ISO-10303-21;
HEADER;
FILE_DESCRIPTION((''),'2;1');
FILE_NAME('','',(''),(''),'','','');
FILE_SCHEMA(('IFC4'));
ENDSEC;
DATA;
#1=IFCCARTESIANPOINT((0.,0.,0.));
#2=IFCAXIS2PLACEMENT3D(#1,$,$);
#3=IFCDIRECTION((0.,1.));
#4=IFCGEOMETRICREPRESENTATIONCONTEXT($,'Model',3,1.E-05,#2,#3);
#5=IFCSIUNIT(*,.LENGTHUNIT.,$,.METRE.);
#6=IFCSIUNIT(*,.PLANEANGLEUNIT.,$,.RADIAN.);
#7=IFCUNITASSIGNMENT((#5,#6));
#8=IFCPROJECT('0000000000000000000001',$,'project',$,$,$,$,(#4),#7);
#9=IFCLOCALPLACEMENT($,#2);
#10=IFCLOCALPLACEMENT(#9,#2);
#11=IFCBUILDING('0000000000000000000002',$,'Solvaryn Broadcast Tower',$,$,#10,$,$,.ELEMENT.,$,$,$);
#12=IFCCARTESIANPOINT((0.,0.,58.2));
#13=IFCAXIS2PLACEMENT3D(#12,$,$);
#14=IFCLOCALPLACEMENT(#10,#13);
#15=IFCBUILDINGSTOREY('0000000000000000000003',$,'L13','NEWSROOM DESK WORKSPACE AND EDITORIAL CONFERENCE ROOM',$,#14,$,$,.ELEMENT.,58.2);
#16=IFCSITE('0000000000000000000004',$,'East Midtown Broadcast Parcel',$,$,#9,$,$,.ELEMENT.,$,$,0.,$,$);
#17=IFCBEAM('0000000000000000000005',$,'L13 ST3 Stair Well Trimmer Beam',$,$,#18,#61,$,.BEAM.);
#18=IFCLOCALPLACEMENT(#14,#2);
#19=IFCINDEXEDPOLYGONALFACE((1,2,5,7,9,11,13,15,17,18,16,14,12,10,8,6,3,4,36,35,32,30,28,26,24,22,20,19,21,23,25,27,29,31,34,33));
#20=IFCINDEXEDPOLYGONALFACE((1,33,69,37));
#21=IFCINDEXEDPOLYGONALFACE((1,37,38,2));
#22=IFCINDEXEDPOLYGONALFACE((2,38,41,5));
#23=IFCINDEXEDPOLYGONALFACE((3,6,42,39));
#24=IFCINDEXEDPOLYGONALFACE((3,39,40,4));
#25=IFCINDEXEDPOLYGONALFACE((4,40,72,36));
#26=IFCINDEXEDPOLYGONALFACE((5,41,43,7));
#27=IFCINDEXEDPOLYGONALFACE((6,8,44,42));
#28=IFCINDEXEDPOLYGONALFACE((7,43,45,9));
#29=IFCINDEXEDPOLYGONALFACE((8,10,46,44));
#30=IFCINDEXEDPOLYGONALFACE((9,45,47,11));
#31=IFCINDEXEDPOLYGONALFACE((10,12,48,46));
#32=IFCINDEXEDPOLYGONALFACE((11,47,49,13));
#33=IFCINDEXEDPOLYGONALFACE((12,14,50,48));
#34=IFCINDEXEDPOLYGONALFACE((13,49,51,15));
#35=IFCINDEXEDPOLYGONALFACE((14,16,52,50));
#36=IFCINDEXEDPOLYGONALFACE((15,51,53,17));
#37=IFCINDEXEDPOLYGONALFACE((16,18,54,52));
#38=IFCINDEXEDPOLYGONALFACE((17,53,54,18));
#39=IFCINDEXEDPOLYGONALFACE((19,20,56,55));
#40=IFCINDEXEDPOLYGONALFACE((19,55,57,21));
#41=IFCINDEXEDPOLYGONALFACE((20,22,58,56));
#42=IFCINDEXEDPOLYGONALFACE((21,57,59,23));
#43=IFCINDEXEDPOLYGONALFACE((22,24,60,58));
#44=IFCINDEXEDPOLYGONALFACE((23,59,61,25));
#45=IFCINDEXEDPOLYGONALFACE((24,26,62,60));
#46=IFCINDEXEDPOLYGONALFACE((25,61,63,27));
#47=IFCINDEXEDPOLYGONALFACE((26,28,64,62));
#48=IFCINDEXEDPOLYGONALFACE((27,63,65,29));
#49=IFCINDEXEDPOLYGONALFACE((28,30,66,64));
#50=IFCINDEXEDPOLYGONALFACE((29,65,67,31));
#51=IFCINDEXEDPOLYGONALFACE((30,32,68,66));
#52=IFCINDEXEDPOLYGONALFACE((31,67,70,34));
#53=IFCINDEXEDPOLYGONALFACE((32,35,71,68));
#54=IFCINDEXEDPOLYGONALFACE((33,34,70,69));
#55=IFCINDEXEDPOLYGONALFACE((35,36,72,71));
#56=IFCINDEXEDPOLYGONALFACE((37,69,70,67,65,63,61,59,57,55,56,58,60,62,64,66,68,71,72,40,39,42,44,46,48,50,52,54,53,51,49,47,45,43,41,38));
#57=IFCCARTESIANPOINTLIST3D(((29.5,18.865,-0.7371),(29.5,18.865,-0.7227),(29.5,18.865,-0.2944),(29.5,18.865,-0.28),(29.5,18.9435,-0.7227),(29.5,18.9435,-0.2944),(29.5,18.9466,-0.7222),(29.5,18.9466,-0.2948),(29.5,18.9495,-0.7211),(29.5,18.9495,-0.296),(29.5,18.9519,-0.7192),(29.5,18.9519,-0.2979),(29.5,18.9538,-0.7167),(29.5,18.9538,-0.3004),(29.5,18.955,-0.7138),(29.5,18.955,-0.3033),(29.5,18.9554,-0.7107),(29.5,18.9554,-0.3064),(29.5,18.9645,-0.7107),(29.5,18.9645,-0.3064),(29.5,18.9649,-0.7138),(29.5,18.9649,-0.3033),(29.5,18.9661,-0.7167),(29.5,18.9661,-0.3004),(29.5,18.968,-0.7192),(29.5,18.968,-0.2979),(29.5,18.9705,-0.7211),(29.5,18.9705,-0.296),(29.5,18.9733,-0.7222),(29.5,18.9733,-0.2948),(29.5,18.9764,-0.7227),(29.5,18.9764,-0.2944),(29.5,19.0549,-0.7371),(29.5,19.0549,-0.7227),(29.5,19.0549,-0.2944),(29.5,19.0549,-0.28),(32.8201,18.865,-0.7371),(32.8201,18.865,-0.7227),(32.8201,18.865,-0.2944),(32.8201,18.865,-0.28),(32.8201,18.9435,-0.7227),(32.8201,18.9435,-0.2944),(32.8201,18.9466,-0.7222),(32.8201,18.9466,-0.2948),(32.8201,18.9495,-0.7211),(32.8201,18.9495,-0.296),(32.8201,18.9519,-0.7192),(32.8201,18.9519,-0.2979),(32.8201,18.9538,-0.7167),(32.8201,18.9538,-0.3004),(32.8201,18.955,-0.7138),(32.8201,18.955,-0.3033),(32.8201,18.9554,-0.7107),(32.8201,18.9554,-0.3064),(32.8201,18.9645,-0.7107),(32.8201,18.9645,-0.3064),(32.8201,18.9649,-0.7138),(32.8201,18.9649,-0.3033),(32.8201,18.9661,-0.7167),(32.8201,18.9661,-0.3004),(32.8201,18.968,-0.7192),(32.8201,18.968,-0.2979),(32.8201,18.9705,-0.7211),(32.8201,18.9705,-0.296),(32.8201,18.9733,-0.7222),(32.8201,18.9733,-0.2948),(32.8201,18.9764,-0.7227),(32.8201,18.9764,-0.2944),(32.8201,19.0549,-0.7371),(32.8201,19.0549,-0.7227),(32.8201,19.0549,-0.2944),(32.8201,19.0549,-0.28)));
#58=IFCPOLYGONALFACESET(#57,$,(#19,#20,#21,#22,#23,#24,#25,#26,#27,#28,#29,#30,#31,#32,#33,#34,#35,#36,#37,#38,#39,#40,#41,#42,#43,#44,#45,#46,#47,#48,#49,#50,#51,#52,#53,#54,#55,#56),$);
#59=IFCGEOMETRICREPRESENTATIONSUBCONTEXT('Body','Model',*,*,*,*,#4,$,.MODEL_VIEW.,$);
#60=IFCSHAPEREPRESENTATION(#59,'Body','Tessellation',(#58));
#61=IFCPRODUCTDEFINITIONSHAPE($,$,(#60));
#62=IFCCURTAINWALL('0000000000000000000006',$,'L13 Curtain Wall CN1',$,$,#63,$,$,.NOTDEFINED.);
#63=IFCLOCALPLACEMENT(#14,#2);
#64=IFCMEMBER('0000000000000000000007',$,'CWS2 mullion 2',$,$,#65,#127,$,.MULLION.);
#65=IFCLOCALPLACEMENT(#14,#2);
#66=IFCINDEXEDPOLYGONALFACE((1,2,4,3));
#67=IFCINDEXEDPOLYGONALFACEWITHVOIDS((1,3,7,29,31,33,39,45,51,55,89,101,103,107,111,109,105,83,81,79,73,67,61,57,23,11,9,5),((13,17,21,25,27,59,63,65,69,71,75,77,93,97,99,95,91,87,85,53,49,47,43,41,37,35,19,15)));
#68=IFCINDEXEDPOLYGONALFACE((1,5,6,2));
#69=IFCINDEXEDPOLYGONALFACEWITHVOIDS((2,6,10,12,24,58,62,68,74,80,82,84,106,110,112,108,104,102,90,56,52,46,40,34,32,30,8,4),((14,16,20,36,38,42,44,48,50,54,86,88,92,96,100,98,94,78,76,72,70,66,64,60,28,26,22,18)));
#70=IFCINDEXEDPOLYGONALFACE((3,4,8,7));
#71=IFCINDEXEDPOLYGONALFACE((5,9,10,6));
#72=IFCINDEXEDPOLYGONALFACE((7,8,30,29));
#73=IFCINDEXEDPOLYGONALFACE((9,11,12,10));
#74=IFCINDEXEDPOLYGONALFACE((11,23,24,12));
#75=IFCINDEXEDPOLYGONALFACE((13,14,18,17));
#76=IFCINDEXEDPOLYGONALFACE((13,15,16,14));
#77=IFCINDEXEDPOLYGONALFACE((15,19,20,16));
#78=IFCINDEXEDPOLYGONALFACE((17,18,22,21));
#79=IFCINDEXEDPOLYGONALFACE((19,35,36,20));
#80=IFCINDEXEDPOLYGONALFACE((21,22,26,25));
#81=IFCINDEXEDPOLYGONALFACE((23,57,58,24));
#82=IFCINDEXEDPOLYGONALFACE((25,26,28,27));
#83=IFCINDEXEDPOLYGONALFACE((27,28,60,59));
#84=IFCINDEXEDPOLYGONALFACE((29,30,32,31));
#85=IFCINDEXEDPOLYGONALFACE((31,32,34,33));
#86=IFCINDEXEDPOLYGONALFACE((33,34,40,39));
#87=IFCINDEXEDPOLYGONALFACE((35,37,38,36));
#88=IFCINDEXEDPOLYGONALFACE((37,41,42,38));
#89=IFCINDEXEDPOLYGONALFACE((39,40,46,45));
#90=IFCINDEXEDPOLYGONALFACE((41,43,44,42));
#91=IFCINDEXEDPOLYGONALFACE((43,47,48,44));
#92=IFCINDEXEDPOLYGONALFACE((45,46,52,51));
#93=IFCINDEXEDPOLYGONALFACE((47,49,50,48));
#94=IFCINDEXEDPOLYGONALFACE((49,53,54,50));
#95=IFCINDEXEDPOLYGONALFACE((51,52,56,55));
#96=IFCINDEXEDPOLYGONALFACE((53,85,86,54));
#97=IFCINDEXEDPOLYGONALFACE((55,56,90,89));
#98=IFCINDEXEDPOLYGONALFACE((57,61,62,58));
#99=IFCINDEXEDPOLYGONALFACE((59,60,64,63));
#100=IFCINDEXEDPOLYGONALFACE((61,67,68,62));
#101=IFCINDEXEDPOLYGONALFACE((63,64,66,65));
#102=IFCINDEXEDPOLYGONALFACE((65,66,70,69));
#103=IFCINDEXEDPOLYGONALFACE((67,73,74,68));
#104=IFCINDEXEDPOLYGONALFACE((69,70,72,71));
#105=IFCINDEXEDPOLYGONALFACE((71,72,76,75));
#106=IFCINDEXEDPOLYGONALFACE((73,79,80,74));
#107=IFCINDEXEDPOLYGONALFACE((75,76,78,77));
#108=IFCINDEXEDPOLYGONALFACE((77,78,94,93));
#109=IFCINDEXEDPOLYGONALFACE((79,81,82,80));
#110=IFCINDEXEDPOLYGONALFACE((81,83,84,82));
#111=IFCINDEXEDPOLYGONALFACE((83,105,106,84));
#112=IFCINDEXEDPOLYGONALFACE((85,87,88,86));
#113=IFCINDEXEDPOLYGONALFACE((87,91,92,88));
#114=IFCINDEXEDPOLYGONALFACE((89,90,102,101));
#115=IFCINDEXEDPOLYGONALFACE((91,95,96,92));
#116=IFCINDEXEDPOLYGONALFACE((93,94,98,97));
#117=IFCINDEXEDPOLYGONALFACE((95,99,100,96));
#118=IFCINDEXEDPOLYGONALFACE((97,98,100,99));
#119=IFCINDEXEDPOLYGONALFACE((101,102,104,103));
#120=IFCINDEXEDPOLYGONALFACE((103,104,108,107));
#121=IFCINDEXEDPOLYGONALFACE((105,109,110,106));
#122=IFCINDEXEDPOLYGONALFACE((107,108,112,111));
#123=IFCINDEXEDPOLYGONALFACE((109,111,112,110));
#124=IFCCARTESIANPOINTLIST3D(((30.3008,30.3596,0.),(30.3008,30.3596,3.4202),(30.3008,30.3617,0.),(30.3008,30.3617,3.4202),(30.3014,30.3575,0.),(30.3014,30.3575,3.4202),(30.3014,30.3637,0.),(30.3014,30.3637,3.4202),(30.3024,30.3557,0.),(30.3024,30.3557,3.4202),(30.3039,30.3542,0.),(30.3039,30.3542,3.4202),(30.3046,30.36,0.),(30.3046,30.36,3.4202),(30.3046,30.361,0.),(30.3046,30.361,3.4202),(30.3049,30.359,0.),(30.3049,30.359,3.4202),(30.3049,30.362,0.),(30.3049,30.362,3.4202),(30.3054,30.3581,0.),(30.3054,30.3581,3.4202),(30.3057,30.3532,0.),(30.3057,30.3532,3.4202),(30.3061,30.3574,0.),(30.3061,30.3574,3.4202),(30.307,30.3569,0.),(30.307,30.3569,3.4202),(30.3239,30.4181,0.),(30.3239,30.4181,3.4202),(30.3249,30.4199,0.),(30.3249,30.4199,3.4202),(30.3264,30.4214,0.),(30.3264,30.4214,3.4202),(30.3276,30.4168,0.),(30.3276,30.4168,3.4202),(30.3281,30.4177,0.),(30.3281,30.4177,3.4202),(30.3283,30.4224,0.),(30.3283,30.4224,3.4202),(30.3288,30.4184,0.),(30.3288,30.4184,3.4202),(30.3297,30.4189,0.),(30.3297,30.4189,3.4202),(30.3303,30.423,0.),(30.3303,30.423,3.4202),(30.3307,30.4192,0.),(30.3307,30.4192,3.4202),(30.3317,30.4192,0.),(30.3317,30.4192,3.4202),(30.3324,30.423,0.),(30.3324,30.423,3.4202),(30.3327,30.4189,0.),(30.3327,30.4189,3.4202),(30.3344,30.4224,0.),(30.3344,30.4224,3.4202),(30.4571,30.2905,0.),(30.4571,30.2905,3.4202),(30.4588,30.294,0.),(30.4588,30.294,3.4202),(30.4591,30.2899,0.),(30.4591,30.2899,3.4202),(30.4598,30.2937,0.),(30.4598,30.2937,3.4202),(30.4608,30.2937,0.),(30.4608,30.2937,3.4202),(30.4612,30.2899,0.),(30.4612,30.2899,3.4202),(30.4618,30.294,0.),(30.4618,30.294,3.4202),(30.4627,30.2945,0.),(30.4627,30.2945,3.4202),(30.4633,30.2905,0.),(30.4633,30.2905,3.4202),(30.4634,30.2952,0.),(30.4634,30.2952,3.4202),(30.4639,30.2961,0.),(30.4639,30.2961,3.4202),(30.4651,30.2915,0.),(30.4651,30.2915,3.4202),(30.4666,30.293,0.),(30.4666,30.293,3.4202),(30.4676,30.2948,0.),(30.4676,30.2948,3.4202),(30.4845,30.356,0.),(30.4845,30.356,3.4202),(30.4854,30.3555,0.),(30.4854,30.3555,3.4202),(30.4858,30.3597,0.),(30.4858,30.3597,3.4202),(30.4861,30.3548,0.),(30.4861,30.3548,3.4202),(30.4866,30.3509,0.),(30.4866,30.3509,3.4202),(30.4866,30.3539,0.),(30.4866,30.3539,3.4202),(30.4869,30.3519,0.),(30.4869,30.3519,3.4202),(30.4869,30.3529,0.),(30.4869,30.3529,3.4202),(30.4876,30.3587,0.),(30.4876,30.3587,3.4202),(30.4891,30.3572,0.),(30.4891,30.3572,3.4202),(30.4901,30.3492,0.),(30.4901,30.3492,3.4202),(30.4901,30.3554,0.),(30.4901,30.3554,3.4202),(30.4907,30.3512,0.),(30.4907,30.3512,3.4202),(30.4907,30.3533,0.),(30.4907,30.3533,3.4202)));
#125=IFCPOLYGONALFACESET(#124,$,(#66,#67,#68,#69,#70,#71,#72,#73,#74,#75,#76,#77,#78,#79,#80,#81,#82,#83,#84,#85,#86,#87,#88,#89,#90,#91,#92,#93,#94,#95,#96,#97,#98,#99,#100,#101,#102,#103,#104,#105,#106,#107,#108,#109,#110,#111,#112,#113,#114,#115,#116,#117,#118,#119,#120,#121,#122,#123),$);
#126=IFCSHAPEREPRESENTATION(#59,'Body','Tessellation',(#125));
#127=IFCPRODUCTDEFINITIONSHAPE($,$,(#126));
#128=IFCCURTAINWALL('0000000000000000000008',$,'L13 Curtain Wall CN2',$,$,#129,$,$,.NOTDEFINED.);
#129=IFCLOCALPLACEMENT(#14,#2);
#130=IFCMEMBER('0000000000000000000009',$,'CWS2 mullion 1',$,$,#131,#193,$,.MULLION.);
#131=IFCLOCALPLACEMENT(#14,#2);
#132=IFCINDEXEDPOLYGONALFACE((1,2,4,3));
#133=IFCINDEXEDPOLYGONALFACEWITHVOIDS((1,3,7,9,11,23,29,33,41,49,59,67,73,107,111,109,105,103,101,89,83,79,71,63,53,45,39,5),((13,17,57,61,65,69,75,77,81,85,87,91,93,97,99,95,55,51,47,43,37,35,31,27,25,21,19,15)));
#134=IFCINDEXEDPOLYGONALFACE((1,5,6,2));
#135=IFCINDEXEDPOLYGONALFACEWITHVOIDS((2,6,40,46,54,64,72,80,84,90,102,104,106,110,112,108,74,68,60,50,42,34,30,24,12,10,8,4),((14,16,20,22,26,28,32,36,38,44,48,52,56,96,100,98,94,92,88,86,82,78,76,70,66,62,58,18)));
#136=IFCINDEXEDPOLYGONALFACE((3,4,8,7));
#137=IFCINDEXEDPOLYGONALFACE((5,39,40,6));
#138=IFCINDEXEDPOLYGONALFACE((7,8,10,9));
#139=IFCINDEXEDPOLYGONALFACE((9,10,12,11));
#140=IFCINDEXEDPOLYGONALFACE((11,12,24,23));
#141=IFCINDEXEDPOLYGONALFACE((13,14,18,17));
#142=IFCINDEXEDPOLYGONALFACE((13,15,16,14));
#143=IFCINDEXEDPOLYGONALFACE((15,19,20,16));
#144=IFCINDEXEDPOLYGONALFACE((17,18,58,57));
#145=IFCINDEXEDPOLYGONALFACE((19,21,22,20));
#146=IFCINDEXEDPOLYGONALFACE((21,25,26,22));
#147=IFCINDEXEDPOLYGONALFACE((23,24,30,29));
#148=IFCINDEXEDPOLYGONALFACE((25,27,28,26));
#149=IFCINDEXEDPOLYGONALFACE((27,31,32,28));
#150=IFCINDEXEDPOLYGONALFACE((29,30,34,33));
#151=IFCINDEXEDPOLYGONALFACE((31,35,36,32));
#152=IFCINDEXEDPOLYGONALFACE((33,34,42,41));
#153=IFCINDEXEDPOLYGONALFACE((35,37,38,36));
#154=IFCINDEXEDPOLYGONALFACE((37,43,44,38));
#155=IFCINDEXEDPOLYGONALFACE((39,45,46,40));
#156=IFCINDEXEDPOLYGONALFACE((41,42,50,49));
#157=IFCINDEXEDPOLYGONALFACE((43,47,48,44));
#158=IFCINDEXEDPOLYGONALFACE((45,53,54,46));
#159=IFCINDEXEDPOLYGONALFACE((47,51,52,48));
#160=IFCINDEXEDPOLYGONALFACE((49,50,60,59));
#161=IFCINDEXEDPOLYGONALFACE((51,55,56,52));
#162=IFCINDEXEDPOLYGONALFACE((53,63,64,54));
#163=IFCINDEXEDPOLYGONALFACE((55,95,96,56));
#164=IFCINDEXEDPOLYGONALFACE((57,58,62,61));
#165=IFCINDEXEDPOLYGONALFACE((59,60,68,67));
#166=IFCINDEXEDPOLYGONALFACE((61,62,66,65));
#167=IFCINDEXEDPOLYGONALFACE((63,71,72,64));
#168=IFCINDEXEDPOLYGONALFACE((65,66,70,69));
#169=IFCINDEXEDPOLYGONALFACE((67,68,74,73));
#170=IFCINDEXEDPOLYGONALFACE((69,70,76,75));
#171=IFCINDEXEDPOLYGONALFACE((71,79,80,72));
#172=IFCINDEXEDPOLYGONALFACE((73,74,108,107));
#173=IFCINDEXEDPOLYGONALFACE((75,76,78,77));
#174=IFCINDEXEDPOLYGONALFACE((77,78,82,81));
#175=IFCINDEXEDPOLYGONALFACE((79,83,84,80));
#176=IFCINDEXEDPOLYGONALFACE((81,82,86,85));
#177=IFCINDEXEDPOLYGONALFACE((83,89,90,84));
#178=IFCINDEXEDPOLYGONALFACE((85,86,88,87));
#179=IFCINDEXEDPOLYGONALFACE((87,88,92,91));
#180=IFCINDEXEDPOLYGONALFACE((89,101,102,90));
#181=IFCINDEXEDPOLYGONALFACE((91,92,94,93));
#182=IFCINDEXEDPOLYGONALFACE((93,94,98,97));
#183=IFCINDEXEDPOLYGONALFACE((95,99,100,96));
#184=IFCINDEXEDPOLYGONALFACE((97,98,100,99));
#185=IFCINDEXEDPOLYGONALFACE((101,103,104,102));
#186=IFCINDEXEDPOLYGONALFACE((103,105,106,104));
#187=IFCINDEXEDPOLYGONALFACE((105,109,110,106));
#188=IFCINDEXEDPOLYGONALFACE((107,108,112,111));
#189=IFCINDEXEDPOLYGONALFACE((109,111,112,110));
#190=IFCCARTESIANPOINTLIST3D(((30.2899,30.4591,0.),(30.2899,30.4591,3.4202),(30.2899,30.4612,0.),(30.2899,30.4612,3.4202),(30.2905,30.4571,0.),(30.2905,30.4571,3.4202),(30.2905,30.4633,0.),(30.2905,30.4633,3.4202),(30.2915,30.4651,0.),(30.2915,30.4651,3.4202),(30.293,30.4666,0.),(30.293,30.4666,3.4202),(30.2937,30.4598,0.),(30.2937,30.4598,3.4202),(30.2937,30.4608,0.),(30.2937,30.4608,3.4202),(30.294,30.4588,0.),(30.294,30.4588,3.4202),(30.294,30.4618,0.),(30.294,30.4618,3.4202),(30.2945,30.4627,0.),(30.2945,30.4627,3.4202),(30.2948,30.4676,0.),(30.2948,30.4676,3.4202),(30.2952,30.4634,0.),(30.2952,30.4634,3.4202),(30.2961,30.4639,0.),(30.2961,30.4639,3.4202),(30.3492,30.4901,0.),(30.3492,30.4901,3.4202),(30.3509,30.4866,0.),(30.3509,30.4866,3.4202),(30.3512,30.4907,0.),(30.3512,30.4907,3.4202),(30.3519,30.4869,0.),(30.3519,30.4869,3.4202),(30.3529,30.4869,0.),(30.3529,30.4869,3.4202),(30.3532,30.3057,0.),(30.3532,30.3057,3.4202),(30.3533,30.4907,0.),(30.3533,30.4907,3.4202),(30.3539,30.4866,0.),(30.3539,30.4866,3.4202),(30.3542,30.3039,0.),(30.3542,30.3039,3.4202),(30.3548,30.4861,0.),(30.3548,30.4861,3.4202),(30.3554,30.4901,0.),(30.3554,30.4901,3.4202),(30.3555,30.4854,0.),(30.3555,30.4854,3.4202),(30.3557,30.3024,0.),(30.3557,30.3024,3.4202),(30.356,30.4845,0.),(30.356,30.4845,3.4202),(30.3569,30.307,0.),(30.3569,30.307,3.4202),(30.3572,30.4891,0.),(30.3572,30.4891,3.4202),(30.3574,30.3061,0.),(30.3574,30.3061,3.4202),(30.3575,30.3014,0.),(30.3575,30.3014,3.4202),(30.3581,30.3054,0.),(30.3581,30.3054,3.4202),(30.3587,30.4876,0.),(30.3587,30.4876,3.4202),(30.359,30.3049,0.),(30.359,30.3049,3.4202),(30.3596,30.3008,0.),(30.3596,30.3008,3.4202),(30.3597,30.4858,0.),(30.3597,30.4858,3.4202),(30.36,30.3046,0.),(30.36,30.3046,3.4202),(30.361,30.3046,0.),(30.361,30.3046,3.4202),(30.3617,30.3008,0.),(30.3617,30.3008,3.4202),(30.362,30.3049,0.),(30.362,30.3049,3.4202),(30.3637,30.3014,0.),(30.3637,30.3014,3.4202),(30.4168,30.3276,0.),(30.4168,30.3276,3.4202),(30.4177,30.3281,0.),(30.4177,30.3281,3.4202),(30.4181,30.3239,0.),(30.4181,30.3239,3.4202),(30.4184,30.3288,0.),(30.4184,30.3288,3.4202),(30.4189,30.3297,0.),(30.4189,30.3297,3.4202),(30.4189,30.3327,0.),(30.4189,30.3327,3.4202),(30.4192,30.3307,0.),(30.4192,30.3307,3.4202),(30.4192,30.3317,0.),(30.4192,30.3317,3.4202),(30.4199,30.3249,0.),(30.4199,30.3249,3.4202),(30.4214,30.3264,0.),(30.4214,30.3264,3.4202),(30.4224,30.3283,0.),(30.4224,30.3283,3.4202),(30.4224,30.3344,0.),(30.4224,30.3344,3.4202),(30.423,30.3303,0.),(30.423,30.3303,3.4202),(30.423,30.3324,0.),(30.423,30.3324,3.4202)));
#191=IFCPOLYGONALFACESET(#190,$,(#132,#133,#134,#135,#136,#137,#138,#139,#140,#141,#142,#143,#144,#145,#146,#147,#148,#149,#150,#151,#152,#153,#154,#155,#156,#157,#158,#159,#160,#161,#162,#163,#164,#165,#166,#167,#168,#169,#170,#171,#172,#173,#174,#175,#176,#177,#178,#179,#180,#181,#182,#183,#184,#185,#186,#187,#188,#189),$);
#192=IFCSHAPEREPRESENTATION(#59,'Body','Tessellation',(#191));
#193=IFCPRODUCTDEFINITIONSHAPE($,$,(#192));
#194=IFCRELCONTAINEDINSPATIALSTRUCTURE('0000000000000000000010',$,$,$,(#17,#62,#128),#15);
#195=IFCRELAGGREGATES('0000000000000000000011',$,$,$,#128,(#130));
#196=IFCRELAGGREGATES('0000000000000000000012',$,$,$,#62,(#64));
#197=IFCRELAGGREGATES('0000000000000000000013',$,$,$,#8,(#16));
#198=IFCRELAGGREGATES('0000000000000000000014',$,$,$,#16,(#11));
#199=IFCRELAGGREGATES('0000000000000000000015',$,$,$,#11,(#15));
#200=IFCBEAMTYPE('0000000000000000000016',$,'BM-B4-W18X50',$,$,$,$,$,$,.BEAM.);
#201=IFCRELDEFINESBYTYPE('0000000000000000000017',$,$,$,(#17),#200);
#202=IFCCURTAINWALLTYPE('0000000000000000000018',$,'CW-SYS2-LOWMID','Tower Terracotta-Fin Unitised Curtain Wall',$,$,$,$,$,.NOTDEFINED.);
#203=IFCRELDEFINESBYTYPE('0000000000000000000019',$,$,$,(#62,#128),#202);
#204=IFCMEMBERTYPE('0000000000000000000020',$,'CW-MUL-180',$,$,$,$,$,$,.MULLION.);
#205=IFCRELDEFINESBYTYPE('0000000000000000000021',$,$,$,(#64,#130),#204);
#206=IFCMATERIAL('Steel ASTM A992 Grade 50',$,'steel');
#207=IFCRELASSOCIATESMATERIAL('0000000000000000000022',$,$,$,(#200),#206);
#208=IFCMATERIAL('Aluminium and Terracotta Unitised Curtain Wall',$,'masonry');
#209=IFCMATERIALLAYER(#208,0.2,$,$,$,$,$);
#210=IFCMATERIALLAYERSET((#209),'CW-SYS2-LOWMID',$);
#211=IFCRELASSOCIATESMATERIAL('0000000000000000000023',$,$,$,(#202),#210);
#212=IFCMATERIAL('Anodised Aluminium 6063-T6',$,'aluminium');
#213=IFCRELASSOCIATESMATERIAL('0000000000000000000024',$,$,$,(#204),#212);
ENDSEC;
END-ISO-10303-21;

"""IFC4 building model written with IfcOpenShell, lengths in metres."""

from ifc_helpers import new_model, si_unit, direction, frame, origin, origin_2d, place, context, subcontext, project, spatial, hollow_rectangle, i_section, extrude, material, layer, layer_set, material_profile, profile_set, type_object, element, aggregate, save


model = new_model("IFC4")

# Units and contexts
model_context = context("Model", 3, precision=1e-05, world=origin(), true_north=direction((0.0, 1.0)))
body_context = subcontext(model_context, "Body", "Model", "MODEL_VIEW")
ifc_project = project(units=[si_unit("LENGTHUNIT", "METRE"), si_unit("PLANEANGLEUNIT", "RADIAN")], contexts=[model_context])

# Site, building, storey
site_placement = place(None, origin())
site = spatial("IfcSite", under=ifc_project, at=site_placement, Name="East Midtown Broadcast Parcel", CompositionType="ELEMENT", RefElevation=0.0)
building_placement = place(site_placement, origin())
building = spatial("IfcBuilding", under=site, at=building_placement, Name="Solvaryn Broadcast Tower", CompositionType="ELEMENT")
storey_placement = place(building_placement, frame((0.0, 0.0, 58.2)))
storey = spatial("IfcBuildingStorey", under=building, at=storey_placement, Name="L13", Description="NEWSROOM DESK WORKSPACE AND EDITORIAL CONFERENCE ROOM", CompositionType="ELEMENT", Elevation=58.2)

# Beam
ifc_material_1 = material(Name="Steel ASTM A992 Grade 50", Category="steel")
ifc_material_profile_1 = material_profile(ifc_material_1, i_section(OverallWidth=0.1899, OverallDepth=0.457, WebThickness=0.009, FlangeThickness=0.0144, FilletRadius=0.012, at=origin_2d()))
ifc_profile_set_1 = profile_set([ifc_material_profile_1], Name="Steel ASTM A992 Grade 50")
beam_type_1 = type_object("IfcBeamType", Name="BM-B4-W18X50", PredefinedType="BEAM", material=ifc_profile_set_1)
beam_1_placement = place(storey_placement, frame((29.5, 18.96, -0.5085), z_axis=(1.0, 0.0, 0.0), x_axis=(0.0, 1.0, 0.0)))
element("IfcBeam", 1, at=beam_1_placement, inside=storey, type_object=beam_type_1, Name="L13 ST3 Stair Well Trimmer Beam", PredefinedType="BEAM", context=body_context, shape_type="SweptSolid", body=[
    extrude(i_section(OverallWidth=0.1899, OverallDepth=0.457, WebThickness=0.009, FlangeThickness=0.0144, FilletRadius=0.012, at=origin_2d()), origin(), (0.0, 0.0, 1.0), 3.3201),
])

# Curtain wall, member
ifc_material_2 = material(Name="Aluminium and Terracotta Unitised Curtain Wall", Category="masonry")
ifc_layer_1 = layer(ifc_material_2, 0.2)
ifc_layer_set_1 = layer_set([ifc_layer_1], Name="CW-SYS2-LOWMID")
curtain_wall_type = type_object("IfcCurtainWallType", Name="CW-SYS2-LOWMID", Description="Tower Terracotta-Fin Unitised Curtain Wall", PredefinedType="NOTDEFINED", material=ifc_layer_set_1)
curtain_wall_1_placement = place(storey_placement, origin())
curtain_wall_1 = element("IfcCurtainWall", 2, at=curtain_wall_1_placement, inside=storey, type_object=curtain_wall_type, Name="L13 Curtain Wall CN1", PredefinedType="NOTDEFINED")
ifc_material_3 = material(Name="Anodised Aluminium 6063-T6", Category="aluminium")
ifc_material_profile_2 = material_profile(ifc_material_3, hollow_rectangle(XDim=0.075, YDim=0.1799, WallThickness=0.0039, InnerFilletRadius=0.0039, OuterFilletRadius=0.0081, at=origin_2d()))
ifc_profile_set_2 = profile_set([ifc_material_profile_2], Name="Anodised Aluminium 6063-T6")
member_type_1 = type_object("IfcMemberType", Name="CW-MUL-180", PredefinedType="MULLION", material=ifc_profile_set_2)
member_1_placement = place(storey_placement, frame((30.3958, 30.3564, 0.0), z_axis=(0.0, 0.0, 1.0), x_axis=(-0.382646, -0.923895, 0.0)))
member_1 = element("IfcMember", 3, at=member_1_placement, type_object=member_type_1, Name="CWS2 mullion 2", PredefinedType="MULLION", context=body_context, shape_type="SweptSolid", body=[
    extrude(hollow_rectangle(XDim=0.075, YDim=0.1799, WallThickness=0.0039, InnerFilletRadius=0.0039, OuterFilletRadius=0.0081, at=origin_2d()), origin(), (0.0, 0.0, 1.0), 3.4202),
])

# Curtain wall, member
curtain_wall_2_placement = place(storey_placement, origin())
curtain_wall_2 = element("IfcCurtainWall", 4, at=curtain_wall_2_placement, inside=storey, type_object=curtain_wall_type, Name="L13 Curtain Wall CN2", PredefinedType="NOTDEFINED")
member_2_placement = place(storey_placement, frame((30.3564, 30.3958, 0.0), z_axis=(0.0, 0.0, 1.0), x_axis=(-0.923895, -0.382646, 0.0)))
member_2 = element("IfcMember", 5, at=member_2_placement, type_object=member_type_1, Name="CWS2 mullion 1", PredefinedType="MULLION", context=body_context, shape_type="SweptSolid", body=[
    extrude(hollow_rectangle(XDim=0.075, YDim=0.1799, WallThickness=0.0039, InnerFilletRadius=0.0039, OuterFilletRadius=0.0081, at=origin_2d()), origin(), (0.0, 0.0, 1.0), 3.4202),
])
aggregate(curtain_wall_2, [member_2])

aggregate(curtain_wall_1, [member_1])

save(model, "model.ifc")
